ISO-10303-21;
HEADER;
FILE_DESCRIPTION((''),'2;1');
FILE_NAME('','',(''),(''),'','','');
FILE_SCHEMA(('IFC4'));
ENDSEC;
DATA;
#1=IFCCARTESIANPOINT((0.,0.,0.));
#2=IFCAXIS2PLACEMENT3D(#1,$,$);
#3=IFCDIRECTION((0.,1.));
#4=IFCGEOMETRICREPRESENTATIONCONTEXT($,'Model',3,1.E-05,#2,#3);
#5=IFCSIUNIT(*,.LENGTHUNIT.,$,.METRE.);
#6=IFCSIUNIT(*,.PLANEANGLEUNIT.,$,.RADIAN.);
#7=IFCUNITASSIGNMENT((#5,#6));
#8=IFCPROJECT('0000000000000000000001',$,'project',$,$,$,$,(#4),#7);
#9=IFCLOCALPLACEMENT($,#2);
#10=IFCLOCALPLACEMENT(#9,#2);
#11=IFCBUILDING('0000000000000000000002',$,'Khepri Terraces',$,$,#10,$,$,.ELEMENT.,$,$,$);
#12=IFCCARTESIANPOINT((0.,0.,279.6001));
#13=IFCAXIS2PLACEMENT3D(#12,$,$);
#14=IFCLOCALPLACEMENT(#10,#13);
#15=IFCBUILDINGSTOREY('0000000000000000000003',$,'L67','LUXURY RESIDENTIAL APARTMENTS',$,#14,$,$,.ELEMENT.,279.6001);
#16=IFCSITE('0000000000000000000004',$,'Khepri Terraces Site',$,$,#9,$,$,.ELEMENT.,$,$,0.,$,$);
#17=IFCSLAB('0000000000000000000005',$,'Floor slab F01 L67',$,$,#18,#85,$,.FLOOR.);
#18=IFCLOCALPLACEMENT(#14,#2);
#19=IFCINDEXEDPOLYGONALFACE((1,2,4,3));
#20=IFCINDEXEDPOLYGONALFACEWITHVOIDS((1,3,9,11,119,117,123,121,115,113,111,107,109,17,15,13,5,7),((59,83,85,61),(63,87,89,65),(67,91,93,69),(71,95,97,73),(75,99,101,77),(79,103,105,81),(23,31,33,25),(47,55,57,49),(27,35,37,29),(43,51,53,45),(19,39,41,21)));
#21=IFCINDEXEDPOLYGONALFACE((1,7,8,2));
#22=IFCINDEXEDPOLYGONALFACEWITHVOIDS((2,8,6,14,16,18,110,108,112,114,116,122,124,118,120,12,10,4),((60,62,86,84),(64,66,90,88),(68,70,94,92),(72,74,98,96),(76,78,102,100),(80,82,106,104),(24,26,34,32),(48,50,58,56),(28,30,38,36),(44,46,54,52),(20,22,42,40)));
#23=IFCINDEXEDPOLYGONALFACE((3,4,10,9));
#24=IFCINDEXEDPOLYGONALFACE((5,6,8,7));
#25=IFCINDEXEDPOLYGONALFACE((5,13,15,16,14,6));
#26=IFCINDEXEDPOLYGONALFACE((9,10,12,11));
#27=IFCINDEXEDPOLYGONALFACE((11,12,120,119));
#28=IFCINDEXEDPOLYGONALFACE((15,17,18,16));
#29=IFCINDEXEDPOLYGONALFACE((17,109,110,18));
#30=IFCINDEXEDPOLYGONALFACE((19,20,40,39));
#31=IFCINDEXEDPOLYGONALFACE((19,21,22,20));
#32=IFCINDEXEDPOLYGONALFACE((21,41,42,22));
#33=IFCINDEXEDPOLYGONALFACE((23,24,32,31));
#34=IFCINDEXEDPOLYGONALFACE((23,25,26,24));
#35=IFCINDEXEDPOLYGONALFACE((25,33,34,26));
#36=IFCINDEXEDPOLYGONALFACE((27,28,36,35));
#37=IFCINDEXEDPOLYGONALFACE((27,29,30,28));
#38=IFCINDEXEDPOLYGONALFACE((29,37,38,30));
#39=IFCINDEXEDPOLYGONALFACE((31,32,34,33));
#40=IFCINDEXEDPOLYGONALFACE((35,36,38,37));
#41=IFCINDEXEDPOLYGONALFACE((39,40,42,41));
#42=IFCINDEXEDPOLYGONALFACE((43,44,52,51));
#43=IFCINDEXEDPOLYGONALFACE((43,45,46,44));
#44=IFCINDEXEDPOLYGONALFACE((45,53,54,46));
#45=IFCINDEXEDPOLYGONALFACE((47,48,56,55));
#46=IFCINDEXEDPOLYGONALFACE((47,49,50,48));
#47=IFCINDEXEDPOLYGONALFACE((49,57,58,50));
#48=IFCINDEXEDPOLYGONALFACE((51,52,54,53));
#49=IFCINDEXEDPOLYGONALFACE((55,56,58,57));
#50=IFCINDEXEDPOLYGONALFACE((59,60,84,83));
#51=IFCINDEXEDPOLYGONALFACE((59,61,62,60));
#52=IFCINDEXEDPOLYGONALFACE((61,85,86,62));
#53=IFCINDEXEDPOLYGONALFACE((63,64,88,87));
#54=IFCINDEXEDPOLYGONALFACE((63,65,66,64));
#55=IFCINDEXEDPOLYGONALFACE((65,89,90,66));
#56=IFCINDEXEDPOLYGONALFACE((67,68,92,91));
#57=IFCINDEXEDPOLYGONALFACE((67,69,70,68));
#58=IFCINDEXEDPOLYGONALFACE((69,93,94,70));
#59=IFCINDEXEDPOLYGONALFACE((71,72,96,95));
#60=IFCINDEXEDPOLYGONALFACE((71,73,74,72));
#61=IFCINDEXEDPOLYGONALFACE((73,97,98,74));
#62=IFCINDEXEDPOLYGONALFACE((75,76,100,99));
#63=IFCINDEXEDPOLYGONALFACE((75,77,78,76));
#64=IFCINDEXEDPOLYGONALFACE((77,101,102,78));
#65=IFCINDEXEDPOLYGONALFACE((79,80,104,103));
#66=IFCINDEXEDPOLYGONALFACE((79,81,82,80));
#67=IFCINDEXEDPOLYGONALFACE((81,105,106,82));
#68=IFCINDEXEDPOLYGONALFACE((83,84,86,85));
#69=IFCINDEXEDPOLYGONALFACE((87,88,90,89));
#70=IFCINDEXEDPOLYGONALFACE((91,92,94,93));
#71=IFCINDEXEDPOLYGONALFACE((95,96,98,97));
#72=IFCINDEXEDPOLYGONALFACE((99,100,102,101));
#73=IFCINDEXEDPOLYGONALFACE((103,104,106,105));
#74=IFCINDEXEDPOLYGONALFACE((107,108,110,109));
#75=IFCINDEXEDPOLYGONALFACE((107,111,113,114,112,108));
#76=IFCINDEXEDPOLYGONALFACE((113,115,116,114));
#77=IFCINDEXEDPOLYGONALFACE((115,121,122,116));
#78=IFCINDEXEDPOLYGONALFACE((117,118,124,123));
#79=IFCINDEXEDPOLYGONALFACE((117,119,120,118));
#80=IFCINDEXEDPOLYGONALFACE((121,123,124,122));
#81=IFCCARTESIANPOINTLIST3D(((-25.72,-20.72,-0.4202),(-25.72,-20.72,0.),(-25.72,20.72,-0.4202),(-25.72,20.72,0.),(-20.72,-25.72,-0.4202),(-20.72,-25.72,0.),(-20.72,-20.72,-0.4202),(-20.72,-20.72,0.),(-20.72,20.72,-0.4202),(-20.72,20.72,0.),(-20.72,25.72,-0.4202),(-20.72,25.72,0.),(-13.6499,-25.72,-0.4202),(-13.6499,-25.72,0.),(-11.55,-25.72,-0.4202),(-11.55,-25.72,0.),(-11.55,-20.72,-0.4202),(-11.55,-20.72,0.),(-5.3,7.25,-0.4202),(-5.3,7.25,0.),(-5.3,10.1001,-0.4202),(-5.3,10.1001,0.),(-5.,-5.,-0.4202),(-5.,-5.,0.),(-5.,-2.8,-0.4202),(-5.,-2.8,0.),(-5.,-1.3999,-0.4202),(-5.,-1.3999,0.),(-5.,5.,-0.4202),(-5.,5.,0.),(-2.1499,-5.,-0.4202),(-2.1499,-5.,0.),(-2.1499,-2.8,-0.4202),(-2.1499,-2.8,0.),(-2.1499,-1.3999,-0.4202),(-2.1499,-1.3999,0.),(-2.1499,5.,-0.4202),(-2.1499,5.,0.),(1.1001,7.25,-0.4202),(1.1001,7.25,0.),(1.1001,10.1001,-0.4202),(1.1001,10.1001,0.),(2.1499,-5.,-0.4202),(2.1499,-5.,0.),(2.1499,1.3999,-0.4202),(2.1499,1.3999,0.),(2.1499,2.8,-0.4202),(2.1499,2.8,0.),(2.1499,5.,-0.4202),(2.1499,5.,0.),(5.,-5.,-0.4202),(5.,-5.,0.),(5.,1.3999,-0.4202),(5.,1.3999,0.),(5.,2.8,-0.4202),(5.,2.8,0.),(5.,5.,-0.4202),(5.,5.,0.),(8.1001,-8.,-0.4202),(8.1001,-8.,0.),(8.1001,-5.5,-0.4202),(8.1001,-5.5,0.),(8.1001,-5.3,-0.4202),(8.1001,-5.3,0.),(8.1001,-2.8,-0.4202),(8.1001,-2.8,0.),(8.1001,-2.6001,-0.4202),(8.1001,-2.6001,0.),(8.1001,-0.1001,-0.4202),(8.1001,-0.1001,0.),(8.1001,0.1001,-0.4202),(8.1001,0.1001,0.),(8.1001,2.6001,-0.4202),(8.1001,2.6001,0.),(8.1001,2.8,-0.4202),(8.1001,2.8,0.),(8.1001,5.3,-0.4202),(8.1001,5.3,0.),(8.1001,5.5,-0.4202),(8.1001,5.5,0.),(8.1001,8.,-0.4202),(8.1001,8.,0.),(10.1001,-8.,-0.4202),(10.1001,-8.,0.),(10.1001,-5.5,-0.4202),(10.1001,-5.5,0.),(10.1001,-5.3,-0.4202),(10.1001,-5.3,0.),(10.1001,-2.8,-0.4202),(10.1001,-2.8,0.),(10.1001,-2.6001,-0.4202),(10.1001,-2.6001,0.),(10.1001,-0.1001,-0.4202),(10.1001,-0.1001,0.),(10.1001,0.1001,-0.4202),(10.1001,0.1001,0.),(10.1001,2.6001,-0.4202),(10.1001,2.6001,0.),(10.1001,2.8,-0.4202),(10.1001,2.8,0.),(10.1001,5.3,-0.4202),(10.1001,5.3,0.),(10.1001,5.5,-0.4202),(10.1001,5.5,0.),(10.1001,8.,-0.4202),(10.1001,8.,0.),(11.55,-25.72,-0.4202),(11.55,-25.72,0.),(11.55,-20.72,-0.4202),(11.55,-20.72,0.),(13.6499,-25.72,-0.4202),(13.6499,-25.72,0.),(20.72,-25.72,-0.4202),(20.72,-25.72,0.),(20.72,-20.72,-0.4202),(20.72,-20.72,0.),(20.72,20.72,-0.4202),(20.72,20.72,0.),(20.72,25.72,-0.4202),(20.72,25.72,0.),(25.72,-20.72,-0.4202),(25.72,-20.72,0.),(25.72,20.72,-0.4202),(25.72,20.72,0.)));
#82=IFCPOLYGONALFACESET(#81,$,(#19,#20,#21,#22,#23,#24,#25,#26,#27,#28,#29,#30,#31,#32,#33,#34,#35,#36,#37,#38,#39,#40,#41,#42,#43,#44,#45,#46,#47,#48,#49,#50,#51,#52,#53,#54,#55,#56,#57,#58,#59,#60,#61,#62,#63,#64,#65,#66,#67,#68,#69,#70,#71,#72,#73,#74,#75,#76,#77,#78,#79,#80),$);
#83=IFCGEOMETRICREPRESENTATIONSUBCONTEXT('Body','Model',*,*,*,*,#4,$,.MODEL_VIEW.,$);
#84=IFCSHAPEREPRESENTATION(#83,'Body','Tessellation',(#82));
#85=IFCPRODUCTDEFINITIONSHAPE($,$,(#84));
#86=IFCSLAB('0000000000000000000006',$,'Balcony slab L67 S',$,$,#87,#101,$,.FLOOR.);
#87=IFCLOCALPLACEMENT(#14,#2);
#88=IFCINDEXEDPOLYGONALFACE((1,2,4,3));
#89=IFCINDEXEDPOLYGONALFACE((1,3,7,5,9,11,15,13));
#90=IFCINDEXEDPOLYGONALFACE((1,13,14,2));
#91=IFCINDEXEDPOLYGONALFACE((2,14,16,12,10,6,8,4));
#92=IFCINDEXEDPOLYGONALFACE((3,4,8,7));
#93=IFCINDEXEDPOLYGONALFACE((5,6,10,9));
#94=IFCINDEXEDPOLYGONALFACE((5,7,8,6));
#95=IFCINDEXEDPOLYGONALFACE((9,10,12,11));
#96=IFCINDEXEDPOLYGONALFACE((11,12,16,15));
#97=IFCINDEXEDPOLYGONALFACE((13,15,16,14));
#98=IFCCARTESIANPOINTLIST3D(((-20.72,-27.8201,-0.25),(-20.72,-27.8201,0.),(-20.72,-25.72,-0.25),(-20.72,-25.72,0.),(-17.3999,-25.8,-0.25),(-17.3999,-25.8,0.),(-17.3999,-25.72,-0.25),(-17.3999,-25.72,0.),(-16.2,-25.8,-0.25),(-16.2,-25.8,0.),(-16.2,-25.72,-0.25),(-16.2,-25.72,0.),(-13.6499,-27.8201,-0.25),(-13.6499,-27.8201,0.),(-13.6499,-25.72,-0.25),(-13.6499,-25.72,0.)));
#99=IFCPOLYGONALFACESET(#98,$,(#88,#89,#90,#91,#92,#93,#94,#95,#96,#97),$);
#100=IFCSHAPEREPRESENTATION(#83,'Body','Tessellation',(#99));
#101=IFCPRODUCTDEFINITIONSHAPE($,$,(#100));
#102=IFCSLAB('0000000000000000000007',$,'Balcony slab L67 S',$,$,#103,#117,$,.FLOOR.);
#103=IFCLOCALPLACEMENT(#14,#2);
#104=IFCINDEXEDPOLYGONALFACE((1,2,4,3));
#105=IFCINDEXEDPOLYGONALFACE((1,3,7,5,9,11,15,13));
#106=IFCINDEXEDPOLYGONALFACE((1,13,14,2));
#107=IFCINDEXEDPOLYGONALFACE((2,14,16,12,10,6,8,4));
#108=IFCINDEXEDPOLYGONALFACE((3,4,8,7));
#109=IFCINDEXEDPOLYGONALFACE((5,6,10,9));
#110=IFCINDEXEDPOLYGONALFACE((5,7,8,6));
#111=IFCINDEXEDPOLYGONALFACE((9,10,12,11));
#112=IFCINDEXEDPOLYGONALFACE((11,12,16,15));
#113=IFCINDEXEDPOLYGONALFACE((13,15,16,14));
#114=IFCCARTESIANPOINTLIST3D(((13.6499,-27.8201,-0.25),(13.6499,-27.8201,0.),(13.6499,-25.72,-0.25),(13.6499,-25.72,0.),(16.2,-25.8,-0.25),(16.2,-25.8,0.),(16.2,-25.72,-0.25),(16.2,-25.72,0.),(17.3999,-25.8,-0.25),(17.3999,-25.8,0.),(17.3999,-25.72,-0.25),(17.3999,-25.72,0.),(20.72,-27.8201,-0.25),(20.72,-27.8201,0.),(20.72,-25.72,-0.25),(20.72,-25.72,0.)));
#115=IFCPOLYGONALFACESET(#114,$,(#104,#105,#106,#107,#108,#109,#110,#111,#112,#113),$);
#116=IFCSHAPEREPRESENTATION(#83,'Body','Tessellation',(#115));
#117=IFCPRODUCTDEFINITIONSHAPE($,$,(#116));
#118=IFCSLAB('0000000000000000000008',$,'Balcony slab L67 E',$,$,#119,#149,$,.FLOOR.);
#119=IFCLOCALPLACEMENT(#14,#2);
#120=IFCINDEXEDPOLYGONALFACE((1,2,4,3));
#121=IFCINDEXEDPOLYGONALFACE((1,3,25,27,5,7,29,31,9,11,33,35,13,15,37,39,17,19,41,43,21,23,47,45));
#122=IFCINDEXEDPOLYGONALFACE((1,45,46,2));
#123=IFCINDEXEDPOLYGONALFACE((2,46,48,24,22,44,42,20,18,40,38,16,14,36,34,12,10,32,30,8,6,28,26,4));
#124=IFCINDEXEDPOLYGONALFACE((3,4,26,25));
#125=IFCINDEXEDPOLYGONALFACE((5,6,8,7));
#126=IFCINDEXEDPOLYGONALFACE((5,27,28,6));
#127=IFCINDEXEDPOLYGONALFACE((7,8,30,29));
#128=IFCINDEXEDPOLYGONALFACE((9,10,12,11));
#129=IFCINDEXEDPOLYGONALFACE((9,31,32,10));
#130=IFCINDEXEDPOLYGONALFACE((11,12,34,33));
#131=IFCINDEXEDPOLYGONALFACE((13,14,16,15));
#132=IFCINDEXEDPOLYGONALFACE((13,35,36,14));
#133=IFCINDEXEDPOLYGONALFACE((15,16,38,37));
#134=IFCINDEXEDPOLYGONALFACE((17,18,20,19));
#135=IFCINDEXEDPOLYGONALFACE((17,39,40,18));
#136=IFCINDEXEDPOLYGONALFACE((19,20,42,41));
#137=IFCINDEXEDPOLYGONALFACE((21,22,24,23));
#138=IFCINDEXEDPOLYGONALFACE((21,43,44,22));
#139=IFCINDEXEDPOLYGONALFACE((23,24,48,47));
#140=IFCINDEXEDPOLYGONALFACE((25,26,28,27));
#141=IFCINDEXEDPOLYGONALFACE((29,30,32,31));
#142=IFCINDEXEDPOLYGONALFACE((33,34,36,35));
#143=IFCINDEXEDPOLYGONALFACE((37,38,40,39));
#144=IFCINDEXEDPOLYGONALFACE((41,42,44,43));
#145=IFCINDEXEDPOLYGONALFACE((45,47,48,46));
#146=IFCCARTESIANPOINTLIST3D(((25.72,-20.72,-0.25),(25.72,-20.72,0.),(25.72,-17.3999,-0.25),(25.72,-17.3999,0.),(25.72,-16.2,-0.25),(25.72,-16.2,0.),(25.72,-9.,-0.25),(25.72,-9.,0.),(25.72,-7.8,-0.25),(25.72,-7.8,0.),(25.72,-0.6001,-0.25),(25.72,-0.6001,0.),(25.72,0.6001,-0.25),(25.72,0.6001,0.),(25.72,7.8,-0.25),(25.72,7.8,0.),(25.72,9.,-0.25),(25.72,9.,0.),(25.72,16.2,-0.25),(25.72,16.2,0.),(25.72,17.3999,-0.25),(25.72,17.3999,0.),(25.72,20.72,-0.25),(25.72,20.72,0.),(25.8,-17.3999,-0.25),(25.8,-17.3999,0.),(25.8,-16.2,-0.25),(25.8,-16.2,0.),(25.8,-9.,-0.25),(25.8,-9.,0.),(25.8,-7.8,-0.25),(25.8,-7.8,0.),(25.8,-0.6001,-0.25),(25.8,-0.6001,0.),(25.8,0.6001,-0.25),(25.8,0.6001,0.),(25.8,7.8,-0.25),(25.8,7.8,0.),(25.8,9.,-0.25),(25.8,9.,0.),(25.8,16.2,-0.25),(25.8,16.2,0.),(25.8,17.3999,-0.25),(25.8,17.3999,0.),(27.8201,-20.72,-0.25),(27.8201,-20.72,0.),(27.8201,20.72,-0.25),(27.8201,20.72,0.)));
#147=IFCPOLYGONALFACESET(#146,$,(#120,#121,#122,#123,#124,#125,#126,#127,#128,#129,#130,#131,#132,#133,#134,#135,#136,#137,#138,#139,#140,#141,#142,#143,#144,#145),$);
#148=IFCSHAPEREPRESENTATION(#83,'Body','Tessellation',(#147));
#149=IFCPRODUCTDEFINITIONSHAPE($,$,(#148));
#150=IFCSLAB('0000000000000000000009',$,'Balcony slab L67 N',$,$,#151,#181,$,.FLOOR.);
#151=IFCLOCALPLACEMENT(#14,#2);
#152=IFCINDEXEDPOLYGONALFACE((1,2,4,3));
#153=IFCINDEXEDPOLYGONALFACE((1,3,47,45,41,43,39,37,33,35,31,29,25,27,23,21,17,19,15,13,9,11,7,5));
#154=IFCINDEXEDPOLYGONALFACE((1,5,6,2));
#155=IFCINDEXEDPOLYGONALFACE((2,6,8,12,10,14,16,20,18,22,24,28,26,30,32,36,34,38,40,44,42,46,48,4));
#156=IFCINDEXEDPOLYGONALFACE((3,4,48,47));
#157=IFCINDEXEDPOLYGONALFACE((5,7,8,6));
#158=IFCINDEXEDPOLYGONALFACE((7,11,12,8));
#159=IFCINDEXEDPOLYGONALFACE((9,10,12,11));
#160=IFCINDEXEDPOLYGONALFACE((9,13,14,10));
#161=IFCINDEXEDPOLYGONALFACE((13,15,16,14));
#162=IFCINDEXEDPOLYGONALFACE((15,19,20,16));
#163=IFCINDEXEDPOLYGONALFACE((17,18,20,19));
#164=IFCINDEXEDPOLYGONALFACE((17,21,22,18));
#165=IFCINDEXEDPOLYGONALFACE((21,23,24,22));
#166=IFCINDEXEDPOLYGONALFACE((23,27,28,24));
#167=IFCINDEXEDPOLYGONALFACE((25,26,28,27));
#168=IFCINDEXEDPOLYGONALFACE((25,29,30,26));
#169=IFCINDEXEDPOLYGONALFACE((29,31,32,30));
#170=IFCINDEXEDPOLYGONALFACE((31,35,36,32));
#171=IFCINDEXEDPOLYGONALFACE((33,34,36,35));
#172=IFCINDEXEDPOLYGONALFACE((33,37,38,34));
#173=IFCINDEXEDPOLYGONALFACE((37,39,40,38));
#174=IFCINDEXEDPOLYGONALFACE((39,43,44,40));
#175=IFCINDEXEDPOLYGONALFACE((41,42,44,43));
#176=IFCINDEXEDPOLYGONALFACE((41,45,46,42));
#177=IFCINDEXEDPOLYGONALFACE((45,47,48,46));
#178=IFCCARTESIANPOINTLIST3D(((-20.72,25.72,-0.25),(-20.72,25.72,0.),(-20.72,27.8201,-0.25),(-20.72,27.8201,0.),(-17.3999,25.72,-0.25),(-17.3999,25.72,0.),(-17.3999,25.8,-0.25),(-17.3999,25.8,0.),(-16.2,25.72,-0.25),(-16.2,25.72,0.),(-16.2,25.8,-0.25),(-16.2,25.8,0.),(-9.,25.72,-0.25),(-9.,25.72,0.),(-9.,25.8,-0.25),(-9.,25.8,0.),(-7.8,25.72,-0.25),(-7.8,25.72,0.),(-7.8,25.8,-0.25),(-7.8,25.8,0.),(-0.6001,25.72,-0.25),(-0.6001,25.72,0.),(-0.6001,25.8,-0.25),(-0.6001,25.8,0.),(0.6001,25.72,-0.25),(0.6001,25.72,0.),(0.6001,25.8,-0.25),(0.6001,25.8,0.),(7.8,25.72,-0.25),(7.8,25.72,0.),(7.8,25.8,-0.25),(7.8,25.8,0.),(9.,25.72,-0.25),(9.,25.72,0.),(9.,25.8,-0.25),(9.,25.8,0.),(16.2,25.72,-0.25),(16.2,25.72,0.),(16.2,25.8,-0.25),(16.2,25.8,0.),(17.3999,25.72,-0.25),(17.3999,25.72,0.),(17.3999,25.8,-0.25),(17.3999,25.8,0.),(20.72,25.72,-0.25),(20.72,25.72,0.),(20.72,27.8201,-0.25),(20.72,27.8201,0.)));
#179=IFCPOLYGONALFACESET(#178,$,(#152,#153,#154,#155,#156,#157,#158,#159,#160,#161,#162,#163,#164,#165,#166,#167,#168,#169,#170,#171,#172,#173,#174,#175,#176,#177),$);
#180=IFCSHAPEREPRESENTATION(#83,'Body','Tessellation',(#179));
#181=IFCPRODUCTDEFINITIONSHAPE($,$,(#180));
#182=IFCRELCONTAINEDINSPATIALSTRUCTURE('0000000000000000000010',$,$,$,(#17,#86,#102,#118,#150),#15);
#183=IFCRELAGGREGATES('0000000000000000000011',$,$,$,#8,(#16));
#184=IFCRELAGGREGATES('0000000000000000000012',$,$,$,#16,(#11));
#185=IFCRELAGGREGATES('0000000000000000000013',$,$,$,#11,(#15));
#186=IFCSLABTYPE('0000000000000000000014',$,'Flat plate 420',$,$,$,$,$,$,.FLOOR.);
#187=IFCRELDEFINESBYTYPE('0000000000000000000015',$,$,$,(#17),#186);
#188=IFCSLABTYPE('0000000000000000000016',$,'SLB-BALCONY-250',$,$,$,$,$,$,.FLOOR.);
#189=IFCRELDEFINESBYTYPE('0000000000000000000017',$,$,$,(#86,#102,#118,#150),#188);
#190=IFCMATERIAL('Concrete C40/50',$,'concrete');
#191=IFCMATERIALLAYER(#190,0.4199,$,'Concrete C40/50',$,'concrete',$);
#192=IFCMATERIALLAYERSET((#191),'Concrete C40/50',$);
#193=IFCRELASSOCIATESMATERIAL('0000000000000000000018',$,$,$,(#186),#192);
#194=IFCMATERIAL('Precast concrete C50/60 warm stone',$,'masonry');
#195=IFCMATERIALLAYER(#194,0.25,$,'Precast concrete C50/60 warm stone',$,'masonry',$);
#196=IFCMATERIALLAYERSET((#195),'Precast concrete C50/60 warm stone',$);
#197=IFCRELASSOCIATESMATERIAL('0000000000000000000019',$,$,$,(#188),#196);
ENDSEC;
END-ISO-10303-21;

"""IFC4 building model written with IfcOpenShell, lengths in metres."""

from ifc_helpers import new_model, si_unit, direction, frame, origin, place, context, subcontext, project, spatial, polyline, outline, extrude, material, layer, layer_set, type_object, element, save


model = new_model("IFC4")

# Units and contexts
model_context = context("Model", 3, precision=1e-05, world=origin(), true_north=direction((0.0, 1.0)))
body_context = subcontext(model_context, "Body", "Model", "MODEL_VIEW")
ifc_project = project(units=[si_unit("LENGTHUNIT", "METRE"), si_unit("PLANEANGLEUNIT", "RADIAN")], contexts=[model_context])

# Site, building, storey
site_placement = place(None, origin())
site = spatial("IfcSite", under=ifc_project, at=site_placement, Name="Khepri Terraces Site", CompositionType="ELEMENT", RefElevation=0.0)
building_placement = place(site_placement, origin())
building = spatial("IfcBuilding", under=site, at=building_placement, Name="Khepri Terraces", CompositionType="ELEMENT")
storey_placement = place(building_placement, frame((0.0, 0.0, 279.6001)))
storey = spatial("IfcBuildingStorey", under=building, at=storey_placement, Name="L67", Description="LUXURY RESIDENTIAL APARTMENTS", CompositionType="ELEMENT", Elevation=279.6001)

# Slabs
ifc_material_1 = material(Name="Concrete C40/50", Category="concrete")
ifc_layer_1 = layer(ifc_material_1, 0.4199, Name="Concrete C40/50", Category="concrete")
ifc_layer_set_1 = layer_set([ifc_layer_1], Name="Concrete C40/50")
slab_type_1 = type_object("IfcSlabType", Name="Flat plate 420", PredefinedType="FLOOR", material=ifc_layer_set_1)
slab_1_placement = place(storey_placement, frame((0.0, 0.0, -0.4202)))
element("IfcSlab", 1, at=slab_1_placement, inside=storey, type_object=slab_type_1, Name="Floor slab F01 L67", PredefinedType="FLOOR", context=body_context, shape_type="SweptSolid", body=[
    extrude(outline(polyline([(25.72, -20.72), (20.72, -20.72), (20.72, -25.72), (13.6499, -25.72), (11.55, -25.72), (11.55, -20.72), (-11.55, -20.72), (-11.55, -25.72), (-13.6499, -25.72), (-20.72, -25.72), (-20.72, -20.72), (-25.72, -20.72), (-25.72, 20.72), (-20.72, 20.72), (-20.72, 25.72), (20.72, 25.72), (20.72, 20.72), (25.72, 20.72), (25.72, -20.72)]), holes=[polyline([(2.1499, 2.8), (5.0, 2.8), (5.0, 5.0), (2.1499, 5.0), (2.1499, 2.8)]), polyline([(-5.0, -2.8), (-5.0, -5.0), (-2.1499, -5.0), (-2.1499, -2.8), (-5.0, -2.8)]), polyline([(10.1001, -5.5), (8.1001, -5.5), (8.1001, -8.0), (10.1001, -8.0), (10.1001, -5.5)]), polyline([(10.1001, -5.3), (10.1001, -2.8), (8.1001, -2.8), (8.1001, -5.3), (10.1001, -5.3)]), polyline([(8.1001, -2.6001), (10.1001, -2.6001), (10.1001, -0.1001), (8.1001, -0.1001), (8.1001, -2.6001)]), polyline([(8.1001, 2.6001), (8.1001, 0.1001), (10.1001, 0.1001), (10.1001, 2.6001), (8.1001, 2.6001)]), polyline([(10.1001, 5.3), (8.1001, 5.3), (8.1001, 2.8), (10.1001, 2.8), (10.1001, 5.3)]), polyline([(10.1001, 5.5), (10.1001, 8.0), (8.1001, 8.0), (8.1001, 5.5), (10.1001, 5.5)]), polyline([(-5.0, -1.3999), (-2.1499, -1.3999), (-2.1499, 5.0), (-5.0, 5.0), (-5.0, -1.3999)]), polyline([(5.0, -5.0), (5.0, 1.3999), (2.1499, 1.3999), (2.1499, -5.0), (5.0, -5.0)]), polyline([(-5.3, 10.1001), (-5.3, 7.25), (1.1001, 7.25), (1.1001, 10.1001), (-5.3, 10.1001)])]), origin(), (0.0, 0.0, 1.0), 0.4202),
])
ifc_material_2 = material(Name="Precast concrete C50/60 warm stone", Category="masonry")
ifc_layer_2 = layer(ifc_material_2, 0.25, Name="Precast concrete C50/60 warm stone", Category="masonry")
ifc_layer_set_2 = layer_set([ifc_layer_2], Name="Precast concrete C50/60 warm stone")
slab_type_2 = type_object("IfcSlabType", Name="SLB-BALCONY-250", PredefinedType="FLOOR", material=ifc_layer_set_2)
slab_2_placement = place(storey_placement, frame((0.0, 0.0, -0.25)))
element("IfcSlab", 2, at=slab_2_placement, inside=storey, type_object=slab_type_2, Name="Balcony slab L67 S", PredefinedType="FLOOR", context=body_context, shape_type="SweptSolid", body=[
    extrude(outline(polyline([(-17.3999, -25.72), (-20.72, -25.72), (-20.72, -27.8201), (-13.6499, -27.8201), (-13.6499, -25.72), (-16.2, -25.72), (-16.2, -25.8), (-17.3999, -25.8), (-17.3999, -25.72)])), origin(), (0.0, 0.0, 1.0), 0.25),
])
slab_3_placement = place(storey_placement, frame((0.0, 0.0, -0.25)))
element("IfcSlab", 3, at=slab_3_placement, inside=storey, type_object=slab_type_2, Name="Balcony slab L67 S", PredefinedType="FLOOR", context=body_context, shape_type="SweptSolid", body=[
    extrude(outline(polyline([(16.2, -25.72), (13.6499, -25.72), (13.6499, -27.8201), (20.72, -27.8201), (20.72, -25.72), (17.3999, -25.72), (17.3999, -25.8), (16.2, -25.8), (16.2, -25.72)])), origin(), (0.0, 0.0, 1.0), 0.25),
])
slab_4_placement = place(storey_placement, frame((0.0, 0.0, -0.25)))
element("IfcSlab", 4, at=slab_4_placement, inside=storey, type_object=slab_type_2, Name="Balcony slab L67 E", PredefinedType="FLOOR", context=body_context, shape_type="SweptSolid", body=[
    extrude(outline(polyline([(25.72, -17.3999), (25.72, -20.72), (27.8201, -20.72), (27.8201, 20.72), (25.72, 20.72), (25.72, 17.3999), (25.8, 17.3999), (25.8, 16.2), (25.72, 16.2), (25.72, 9.0), (25.8, 9.0), (25.8, 7.8), (25.72, 7.8), (25.72, 0.6001), (25.8, 0.6001), (25.8, -0.6001), (25.72, -0.6001), (25.72, -7.8), (25.8, -7.8), (25.8, -9.0), (25.72, -9.0), (25.72, -16.2), (25.8, -16.2), (25.8, -17.3999), (25.72, -17.3999)])), origin(), (0.0, 0.0, 1.0), 0.25),
])
slab_5_placement = place(storey_placement, frame((0.0, 0.0, -0.25)))
element("IfcSlab", 5, at=slab_5_placement, inside=storey, type_object=slab_type_2, Name="Balcony slab L67 N", PredefinedType="FLOOR", context=body_context, shape_type="SweptSolid", body=[
    extrude(outline(polyline([(17.3999, 25.72), (20.72, 25.72), (20.72, 27.8201), (-20.72, 27.8201), (-20.72, 25.72), (-17.3999, 25.72), (-17.3999, 25.8), (-16.2, 25.8), (-16.2, 25.72), (-9.0, 25.72), (-9.0, 25.8), (-7.8, 25.8), (-7.8, 25.72), (-0.6001, 25.72), (-0.6001, 25.8), (0.6001, 25.8), (0.6001, 25.72), (7.8, 25.72), (7.8, 25.8), (9.0, 25.8), (9.0, 25.72), (16.2, 25.72), (16.2, 25.8), (17.3999, 25.8), (17.3999, 25.72)])), origin(), (0.0, 0.0, 1.0), 0.25),
])

save(model, "model.ifc")
